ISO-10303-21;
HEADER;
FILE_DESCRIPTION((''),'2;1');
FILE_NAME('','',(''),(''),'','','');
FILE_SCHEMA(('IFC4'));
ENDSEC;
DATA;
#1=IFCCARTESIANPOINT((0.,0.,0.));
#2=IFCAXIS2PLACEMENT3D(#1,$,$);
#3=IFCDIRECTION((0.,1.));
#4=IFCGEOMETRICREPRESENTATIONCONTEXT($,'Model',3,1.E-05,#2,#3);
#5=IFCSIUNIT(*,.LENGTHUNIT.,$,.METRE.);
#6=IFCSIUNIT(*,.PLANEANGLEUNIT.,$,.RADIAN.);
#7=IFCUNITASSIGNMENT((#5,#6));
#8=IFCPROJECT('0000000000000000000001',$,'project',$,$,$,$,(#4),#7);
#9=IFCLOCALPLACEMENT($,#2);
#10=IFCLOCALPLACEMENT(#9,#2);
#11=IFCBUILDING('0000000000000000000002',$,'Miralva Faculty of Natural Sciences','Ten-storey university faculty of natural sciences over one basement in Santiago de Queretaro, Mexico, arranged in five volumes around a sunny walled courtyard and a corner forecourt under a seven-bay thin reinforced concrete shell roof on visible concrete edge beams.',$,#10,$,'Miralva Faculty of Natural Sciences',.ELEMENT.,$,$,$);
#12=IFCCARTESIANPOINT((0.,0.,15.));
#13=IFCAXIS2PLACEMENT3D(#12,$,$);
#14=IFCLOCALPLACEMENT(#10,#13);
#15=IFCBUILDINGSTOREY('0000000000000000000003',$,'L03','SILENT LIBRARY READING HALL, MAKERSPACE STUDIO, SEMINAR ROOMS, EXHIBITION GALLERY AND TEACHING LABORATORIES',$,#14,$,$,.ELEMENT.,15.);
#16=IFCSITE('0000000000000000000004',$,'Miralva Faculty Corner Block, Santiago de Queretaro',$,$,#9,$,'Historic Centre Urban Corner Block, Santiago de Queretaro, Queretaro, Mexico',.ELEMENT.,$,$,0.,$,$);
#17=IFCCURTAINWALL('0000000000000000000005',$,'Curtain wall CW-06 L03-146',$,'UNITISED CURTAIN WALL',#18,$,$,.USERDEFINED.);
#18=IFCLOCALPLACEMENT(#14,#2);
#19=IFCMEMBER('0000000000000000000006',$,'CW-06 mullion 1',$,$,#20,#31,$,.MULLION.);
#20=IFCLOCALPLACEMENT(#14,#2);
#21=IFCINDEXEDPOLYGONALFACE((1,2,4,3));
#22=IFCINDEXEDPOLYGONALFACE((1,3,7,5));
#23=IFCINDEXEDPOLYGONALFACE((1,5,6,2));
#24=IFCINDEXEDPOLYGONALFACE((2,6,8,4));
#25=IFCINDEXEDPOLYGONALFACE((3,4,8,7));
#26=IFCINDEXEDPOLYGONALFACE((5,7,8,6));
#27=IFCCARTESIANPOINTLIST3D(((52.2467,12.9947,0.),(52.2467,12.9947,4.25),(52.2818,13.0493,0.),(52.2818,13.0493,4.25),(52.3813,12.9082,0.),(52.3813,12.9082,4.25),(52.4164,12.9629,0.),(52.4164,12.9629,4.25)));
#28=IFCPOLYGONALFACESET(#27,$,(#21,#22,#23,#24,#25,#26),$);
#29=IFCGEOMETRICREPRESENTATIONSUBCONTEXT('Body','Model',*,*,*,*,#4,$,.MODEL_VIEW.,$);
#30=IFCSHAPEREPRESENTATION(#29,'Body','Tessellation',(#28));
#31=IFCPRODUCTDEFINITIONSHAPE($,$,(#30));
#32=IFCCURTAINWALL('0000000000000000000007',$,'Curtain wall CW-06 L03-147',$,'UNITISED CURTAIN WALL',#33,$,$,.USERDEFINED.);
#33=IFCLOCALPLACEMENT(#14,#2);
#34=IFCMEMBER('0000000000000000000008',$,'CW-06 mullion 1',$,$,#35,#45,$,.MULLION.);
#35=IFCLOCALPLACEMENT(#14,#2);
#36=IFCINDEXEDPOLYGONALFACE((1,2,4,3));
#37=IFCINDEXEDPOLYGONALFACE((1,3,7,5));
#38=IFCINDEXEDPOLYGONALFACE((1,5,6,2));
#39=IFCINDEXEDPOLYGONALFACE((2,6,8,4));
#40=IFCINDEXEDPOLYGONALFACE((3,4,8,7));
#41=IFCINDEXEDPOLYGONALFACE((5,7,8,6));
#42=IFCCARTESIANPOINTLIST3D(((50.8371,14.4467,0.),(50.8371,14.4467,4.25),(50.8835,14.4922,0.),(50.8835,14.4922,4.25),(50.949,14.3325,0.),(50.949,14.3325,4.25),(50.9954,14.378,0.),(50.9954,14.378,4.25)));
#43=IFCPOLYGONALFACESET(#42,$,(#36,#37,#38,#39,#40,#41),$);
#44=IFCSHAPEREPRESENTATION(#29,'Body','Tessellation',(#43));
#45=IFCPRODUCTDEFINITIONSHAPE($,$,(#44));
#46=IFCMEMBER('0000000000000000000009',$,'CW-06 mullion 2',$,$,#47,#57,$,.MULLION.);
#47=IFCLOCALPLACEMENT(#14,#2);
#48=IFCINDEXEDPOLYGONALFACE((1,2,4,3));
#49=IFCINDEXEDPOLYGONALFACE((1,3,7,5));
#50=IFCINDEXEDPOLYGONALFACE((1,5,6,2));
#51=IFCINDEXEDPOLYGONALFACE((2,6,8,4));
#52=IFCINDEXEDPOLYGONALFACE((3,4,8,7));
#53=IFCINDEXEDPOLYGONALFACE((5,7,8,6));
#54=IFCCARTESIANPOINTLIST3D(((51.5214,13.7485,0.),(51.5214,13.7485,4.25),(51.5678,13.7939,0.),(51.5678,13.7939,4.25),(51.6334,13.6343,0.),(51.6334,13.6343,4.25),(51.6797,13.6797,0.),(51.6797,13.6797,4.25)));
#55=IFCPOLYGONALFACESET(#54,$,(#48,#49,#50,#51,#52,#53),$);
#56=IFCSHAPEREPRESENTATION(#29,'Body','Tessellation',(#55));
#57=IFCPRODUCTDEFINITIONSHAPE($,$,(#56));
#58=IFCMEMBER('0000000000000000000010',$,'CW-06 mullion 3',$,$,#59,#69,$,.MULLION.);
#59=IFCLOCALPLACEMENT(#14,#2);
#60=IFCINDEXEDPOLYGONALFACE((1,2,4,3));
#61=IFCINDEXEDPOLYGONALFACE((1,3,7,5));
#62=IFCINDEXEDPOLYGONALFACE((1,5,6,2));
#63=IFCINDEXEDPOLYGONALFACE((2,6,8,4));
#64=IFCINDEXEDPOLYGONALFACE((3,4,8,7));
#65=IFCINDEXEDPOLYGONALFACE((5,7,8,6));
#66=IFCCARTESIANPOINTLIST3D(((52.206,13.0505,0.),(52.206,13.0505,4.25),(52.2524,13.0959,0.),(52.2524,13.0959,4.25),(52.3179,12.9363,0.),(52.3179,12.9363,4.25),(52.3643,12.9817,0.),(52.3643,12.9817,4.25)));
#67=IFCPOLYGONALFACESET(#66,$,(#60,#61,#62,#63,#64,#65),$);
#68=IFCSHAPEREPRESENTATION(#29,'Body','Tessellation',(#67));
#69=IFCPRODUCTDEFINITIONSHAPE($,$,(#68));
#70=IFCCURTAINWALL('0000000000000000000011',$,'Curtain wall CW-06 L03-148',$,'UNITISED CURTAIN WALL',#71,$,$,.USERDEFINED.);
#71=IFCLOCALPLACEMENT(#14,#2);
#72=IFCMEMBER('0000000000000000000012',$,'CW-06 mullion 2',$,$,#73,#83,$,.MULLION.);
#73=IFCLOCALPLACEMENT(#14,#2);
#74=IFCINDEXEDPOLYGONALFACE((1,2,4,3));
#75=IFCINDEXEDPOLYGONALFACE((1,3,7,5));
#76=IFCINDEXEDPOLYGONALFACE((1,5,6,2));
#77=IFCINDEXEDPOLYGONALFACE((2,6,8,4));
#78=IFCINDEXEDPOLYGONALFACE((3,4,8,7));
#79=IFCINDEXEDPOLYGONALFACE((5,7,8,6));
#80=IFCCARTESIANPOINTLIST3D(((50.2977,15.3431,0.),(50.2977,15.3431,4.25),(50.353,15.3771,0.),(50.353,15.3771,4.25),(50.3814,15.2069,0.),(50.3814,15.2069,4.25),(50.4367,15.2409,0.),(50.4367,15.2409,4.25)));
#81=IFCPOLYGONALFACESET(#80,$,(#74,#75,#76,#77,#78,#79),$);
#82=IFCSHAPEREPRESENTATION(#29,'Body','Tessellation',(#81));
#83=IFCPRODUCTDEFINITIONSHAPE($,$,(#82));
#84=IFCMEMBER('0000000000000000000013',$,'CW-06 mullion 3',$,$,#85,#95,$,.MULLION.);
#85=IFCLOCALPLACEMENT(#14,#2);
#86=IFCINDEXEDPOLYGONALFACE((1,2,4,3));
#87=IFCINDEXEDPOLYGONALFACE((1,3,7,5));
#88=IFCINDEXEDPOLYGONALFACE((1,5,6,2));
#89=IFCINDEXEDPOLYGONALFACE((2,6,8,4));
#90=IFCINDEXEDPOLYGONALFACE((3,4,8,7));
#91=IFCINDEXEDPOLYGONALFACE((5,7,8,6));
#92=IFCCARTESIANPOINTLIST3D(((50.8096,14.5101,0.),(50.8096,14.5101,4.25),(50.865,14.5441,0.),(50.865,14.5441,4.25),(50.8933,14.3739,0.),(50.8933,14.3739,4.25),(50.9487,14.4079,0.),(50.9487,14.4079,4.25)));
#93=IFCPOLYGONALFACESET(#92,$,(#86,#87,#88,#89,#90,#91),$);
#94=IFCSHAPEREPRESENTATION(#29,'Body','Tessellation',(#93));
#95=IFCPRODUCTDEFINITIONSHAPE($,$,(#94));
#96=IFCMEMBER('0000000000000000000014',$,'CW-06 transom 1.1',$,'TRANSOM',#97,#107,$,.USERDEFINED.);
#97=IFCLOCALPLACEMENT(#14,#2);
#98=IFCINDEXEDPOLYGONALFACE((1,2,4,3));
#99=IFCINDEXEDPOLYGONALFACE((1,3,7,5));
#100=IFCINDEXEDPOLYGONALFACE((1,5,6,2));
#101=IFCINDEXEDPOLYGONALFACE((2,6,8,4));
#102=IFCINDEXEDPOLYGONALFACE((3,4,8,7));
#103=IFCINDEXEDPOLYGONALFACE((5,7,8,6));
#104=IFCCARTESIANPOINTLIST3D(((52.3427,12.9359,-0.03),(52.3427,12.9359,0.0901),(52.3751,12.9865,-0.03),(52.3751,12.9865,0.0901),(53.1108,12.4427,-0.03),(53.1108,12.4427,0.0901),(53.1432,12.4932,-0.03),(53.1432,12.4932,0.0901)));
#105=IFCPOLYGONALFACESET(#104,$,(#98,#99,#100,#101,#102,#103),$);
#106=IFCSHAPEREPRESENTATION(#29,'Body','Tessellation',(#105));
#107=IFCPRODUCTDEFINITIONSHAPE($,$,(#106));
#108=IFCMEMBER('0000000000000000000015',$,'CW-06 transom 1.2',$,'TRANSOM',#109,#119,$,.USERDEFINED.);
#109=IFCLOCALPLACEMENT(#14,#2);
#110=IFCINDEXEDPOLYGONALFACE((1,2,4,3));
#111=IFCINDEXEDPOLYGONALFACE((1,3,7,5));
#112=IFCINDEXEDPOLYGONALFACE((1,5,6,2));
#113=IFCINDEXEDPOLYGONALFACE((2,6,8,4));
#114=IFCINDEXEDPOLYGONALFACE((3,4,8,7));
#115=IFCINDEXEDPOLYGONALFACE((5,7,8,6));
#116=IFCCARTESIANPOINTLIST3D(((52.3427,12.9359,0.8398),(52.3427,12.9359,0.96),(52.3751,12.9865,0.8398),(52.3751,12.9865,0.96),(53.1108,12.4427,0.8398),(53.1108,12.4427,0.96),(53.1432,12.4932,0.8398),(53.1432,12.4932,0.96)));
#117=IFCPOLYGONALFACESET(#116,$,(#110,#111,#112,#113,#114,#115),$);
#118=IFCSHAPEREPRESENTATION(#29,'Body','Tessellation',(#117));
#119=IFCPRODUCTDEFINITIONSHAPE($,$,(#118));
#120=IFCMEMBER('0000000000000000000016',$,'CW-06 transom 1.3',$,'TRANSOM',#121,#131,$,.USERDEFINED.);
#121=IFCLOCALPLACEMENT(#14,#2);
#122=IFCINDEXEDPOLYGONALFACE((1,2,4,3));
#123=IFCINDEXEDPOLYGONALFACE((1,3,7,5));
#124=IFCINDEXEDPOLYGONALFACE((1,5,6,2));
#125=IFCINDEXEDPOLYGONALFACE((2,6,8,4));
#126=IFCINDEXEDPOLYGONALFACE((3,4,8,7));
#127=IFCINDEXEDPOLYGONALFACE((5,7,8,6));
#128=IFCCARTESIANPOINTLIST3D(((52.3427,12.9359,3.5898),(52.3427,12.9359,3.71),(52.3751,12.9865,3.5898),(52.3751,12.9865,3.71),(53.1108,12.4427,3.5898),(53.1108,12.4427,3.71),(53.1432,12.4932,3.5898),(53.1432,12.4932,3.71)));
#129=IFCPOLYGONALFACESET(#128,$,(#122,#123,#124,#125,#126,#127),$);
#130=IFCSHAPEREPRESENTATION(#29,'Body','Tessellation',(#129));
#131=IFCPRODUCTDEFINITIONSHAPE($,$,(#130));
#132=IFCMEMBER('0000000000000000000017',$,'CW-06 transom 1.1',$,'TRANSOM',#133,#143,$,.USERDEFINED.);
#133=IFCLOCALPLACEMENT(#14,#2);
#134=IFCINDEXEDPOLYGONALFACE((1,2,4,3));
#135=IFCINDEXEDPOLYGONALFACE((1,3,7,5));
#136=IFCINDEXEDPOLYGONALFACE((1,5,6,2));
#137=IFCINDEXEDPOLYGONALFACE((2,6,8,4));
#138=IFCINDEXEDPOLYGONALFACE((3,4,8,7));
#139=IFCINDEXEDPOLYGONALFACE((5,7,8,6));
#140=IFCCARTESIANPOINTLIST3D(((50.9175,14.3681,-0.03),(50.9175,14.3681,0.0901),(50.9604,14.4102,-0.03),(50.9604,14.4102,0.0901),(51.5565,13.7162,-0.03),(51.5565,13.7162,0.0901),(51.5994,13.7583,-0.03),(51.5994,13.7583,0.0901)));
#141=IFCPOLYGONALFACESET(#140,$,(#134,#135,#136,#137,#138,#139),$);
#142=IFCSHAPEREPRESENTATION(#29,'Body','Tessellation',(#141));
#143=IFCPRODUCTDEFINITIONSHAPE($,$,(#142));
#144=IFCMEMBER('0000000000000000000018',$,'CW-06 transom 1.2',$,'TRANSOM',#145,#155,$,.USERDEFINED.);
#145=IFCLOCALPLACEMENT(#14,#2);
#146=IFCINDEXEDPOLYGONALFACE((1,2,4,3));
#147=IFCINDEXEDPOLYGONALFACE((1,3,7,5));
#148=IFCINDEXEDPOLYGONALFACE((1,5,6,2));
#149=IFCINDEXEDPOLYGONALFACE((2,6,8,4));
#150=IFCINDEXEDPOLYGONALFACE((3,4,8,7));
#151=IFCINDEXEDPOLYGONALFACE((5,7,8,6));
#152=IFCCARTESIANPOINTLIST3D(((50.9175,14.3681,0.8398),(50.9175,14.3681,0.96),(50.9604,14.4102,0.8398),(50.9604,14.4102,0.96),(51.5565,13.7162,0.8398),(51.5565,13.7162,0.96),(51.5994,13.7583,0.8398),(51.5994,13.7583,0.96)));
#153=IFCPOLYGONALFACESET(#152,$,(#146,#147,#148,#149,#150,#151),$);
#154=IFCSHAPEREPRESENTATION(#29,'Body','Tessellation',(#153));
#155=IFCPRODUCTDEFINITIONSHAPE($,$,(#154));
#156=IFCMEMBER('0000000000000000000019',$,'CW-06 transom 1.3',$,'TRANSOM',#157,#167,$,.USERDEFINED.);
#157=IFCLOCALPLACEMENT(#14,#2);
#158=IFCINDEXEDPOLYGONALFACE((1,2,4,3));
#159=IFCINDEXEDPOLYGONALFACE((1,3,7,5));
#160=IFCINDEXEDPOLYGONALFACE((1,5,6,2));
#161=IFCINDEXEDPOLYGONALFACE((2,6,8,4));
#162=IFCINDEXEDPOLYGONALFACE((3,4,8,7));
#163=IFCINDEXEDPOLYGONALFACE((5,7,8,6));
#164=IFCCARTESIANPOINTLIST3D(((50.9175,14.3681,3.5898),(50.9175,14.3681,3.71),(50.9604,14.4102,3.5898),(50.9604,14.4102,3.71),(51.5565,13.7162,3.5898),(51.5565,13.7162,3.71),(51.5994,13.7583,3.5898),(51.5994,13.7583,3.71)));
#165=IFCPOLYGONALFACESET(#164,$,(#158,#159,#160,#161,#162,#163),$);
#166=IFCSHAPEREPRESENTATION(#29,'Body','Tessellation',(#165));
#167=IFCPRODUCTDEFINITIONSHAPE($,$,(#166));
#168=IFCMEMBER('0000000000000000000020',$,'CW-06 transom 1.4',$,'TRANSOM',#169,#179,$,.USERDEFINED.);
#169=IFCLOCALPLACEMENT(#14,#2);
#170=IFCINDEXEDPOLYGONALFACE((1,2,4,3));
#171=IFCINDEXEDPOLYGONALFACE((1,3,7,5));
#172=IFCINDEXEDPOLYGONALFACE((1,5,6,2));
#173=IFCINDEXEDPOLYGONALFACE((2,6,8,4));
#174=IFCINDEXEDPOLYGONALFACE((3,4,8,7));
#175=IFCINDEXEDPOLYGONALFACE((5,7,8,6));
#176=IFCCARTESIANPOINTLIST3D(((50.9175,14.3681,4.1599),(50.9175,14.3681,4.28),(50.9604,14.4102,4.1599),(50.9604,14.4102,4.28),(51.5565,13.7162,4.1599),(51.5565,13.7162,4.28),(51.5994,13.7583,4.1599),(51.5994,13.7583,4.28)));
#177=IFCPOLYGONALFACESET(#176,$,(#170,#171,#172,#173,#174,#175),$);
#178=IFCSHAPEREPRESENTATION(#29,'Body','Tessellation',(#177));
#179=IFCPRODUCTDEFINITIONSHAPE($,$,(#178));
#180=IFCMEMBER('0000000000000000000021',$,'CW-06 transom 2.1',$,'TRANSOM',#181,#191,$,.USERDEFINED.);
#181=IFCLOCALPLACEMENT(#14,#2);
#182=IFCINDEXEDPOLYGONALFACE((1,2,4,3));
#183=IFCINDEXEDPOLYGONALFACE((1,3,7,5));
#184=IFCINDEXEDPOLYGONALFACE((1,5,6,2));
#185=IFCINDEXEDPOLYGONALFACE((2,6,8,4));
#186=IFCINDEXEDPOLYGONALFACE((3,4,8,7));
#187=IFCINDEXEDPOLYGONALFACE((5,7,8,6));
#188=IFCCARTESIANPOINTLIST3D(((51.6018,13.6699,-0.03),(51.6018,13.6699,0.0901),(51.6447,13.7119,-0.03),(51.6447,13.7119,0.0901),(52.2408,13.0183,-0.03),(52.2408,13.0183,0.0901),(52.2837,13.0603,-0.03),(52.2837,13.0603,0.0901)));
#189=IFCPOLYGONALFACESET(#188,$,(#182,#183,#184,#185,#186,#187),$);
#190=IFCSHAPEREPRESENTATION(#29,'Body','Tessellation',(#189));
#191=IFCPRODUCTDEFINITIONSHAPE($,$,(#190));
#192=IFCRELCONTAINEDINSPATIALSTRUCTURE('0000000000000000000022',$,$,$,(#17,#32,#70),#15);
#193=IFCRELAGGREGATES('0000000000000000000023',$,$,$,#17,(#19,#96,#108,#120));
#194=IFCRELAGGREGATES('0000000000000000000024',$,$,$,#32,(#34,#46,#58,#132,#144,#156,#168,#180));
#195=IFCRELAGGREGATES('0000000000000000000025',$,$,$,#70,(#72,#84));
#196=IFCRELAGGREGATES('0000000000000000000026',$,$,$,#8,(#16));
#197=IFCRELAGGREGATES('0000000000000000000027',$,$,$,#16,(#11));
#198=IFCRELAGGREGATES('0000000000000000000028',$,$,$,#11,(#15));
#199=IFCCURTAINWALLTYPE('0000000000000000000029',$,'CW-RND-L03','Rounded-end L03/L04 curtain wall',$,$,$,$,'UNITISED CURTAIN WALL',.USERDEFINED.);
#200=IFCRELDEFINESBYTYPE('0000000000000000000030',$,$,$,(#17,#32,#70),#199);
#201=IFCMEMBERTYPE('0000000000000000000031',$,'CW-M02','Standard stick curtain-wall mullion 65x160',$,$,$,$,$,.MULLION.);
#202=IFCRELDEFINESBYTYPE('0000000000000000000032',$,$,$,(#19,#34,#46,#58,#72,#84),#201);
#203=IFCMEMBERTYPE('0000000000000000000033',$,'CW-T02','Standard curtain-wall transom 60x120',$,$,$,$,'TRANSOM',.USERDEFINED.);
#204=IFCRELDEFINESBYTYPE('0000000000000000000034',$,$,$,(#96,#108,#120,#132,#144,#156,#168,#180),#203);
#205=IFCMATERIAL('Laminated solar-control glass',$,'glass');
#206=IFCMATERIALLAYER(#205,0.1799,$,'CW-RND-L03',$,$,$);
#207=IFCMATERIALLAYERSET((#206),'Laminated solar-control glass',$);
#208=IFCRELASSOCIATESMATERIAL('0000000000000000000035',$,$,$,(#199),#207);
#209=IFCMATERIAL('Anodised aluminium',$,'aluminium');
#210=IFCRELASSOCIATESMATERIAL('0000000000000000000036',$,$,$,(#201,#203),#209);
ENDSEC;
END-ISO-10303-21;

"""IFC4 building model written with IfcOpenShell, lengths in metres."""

from ifc_helpers import new_model, si_unit, direction, frame, origin, origin_2d, place, context, subcontext, project, spatial, rectangle, extrude, material, layer, layer_set, material_profile, profile_set, type_object, element, aggregate, save


model = new_model("IFC4")

# Units and contexts
model_context = context("Model", 3, precision=1e-05, world=origin(), true_north=direction((0.0, 1.0)))
body_context = subcontext(model_context, "Body", "Model", "MODEL_VIEW")
ifc_project = project(units=[si_unit("LENGTHUNIT", "METRE"), si_unit("PLANEANGLEUNIT", "RADIAN")], contexts=[model_context])

# Site, building, storey
site_placement = place(None, origin())
site = spatial("IfcSite", under=ifc_project, at=site_placement, Name="Miralva Faculty Corner Block, Santiago de Queretaro", LongName="Historic Centre Urban Corner Block, Santiago de Queretaro, Queretaro, Mexico", CompositionType="ELEMENT", RefElevation=0.0)
building_placement = place(site_placement, origin())
building = spatial("IfcBuilding", under=site, at=building_placement, Name="Miralva Faculty of Natural Sciences", Description="Ten-storey university faculty of natural sciences over one basement in Santiago de Queretaro, Mexico, arranged in five volumes around a sunny walled courtyard and a corner forecourt under a seven-bay thin reinforced concrete shell roof on visible concrete edge beams.", LongName="Miralva Faculty of Natural Sciences", CompositionType="ELEMENT")
storey_placement = place(building_placement, frame((0.0, 0.0, 15.0)))
storey = spatial("IfcBuildingStorey", under=building, at=storey_placement, Name="L03", Description="SILENT LIBRARY READING HALL, MAKERSPACE STUDIO, SEMINAR ROOMS, EXHIBITION GALLERY AND TEACHING LABORATORIES", CompositionType="ELEMENT", Elevation=15.0)

# Curtain wall, member
ifc_material_1 = material(Name="Laminated solar-control glass", Category="glass")
ifc_layer_1 = layer(ifc_material_1, 0.1799, Name="CW-RND-L03")
ifc_layer_set_1 = layer_set([ifc_layer_1], Name="Laminated solar-control glass")
curtain_wall_type = type_object("IfcCurtainWallType", Name="CW-RND-L03", Description="Rounded-end L03/L04 curtain wall", ElementType="UNITISED CURTAIN WALL", PredefinedType="USERDEFINED", material=ifc_layer_set_1)
curtain_wall_1_placement = place(storey_placement, origin())
curtain_wall_1 = element("IfcCurtainWall", 1, at=curtain_wall_1_placement, inside=storey, type_object=curtain_wall_type, Name="Curtain wall CW-06 L03-146", ObjectType="UNITISED CURTAIN WALL", PredefinedType="USERDEFINED")
ifc_material_2 = material(Name="Anodised aluminium", Category="aluminium")
ifc_material_profile_1 = material_profile(ifc_material_2, rectangle(XDim=0.0649, YDim=0.1599, at=origin_2d()), Name="MULLION 65x160")
ifc_profile_set_1 = profile_set([ifc_material_profile_1], Name="Anodised aluminium")
member_type_1 = type_object("IfcMemberType", Name="CW-M02", Description="Standard stick curtain-wall mullion 65x160", PredefinedType="MULLION", material=ifc_profile_set_1)
member_1_placement = place(storey_placement, frame((52.3315, 12.9788, 0.0), z_axis=(0.0, 0.0, 1.0), x_axis=(0.540445, 0.841379, 0.0)))
member_1 = element("IfcMember", 2, at=member_1_placement, type_object=member_type_1, Name="CW-06 mullion 1", PredefinedType="MULLION", context=body_context, shape_type="SweptSolid", body=[
    extrude(rectangle(XDim=0.0649, YDim=0.1599, at=origin_2d()), origin(), (0.0, 0.0, 1.0), 4.25),
])

# Curtain walls, members
curtain_wall_2_placement = place(storey_placement, origin())
curtain_wall_2 = element("IfcCurtainWall", 3, at=curtain_wall_2_placement, inside=storey, type_object=curtain_wall_type, Name="Curtain wall CW-06 L03-147", ObjectType="UNITISED CURTAIN WALL", PredefinedType="USERDEFINED")
member_2_placement = place(storey_placement, frame((50.9163, 14.4124, 0.0), z_axis=(0.0, 0.0, 1.0), x_axis=(0.714125, 0.700018, 0.0)))
member_2 = element("IfcMember", 4, at=member_2_placement, type_object=member_type_1, Name="CW-06 mullion 1", PredefinedType="MULLION", context=body_context, shape_type="SweptSolid", body=[
    extrude(rectangle(XDim=0.0649, YDim=0.1599, at=origin_2d()), origin(), (0.0, 0.0, 1.0), 4.25),
])
member_3_placement = place(storey_placement, frame((51.6006, 13.7141, 0.0), z_axis=(0.0, 0.0, 1.0), x_axis=(0.714125, 0.700018, 0.0)))
member_3 = element("IfcMember", 5, at=member_3_placement, type_object=member_type_1, Name="CW-06 mullion 2", PredefinedType="MULLION", context=body_context, shape_type="SweptSolid", body=[
    extrude(rectangle(XDim=0.0649, YDim=0.1599, at=origin_2d()), origin(), (0.0, 0.0, 1.0), 4.25),
])
member_4_placement = place(storey_placement, frame((52.2852, 13.0161, 0.0), z_axis=(0.0, 0.0, 1.0), x_axis=(0.714125, 0.700018, 0.0)))
member_4 = element("IfcMember", 6, at=member_4_placement, type_object=member_type_1, Name="CW-06 mullion 3", PredefinedType="MULLION", context=body_context, shape_type="SweptSolid", body=[
    extrude(rectangle(XDim=0.0649, YDim=0.1599, at=origin_2d()), origin(), (0.0, 0.0, 1.0), 4.25),
])
curtain_wall_3_placement = place(storey_placement, origin())
curtain_wall_3 = element("IfcCurtainWall", 7, at=curtain_wall_3_placement, inside=storey, type_object=curtain_wall_type, Name="Curtain wall CW-06 L03-148", ObjectType="UNITISED CURTAIN WALL", PredefinedType="USERDEFINED")
member_5_placement = place(storey_placement, frame((50.3672, 15.292, 0.0), z_axis=(0.0, 0.0, 1.0), x_axis=(0.851995, 0.523551, 0.0)))
member_5 = element("IfcMember", 8, at=member_5_placement, type_object=member_type_1, Name="CW-06 mullion 2", PredefinedType="MULLION", context=body_context, shape_type="SweptSolid", body=[
    extrude(rectangle(XDim=0.0649, YDim=0.1599, at=origin_2d()), origin(), (0.0, 0.0, 1.0), 4.25),
])
member_6_placement = place(storey_placement, frame((50.8792, 14.459, 0.0), z_axis=(0.0, 0.0, 1.0), x_axis=(0.851995, 0.523551, 0.0)))
member_6 = element("IfcMember", 9, at=member_6_placement, type_object=member_type_1, Name="CW-06 mullion 3", PredefinedType="MULLION", context=body_context, shape_type="SweptSolid", body=[
    extrude(rectangle(XDim=0.0649, YDim=0.1599, at=origin_2d()), origin(), (0.0, 0.0, 1.0), 4.25),
])

# Members
ifc_material_profile_2 = material_profile(ifc_material_2, rectangle(XDim=0.0601, YDim=0.1201, at=origin_2d()), Name="TRANSOM 60x120")
ifc_profile_set_2 = profile_set([ifc_material_profile_2], Name="Anodised aluminium")
member_type_2 = type_object("IfcMemberType", Name="CW-T02", Description="Standard curtain-wall transom 60x120", ElementType="TRANSOM", PredefinedType="USERDEFINED", material=ifc_profile_set_2)
member_7_placement = place(storey_placement, frame((52.3589, 12.9612, 0.03), z_axis=(0.841474, -0.540298, 0.0), x_axis=(0.540298, 0.841474, 0.0)))
member_7 = element("IfcMember", 10, at=member_7_placement, type_object=member_type_2, Name="CW-06 transom 1.1", ObjectType="TRANSOM", PredefinedType="USERDEFINED", context=body_context, shape_type="SweptSolid", body=[
    extrude(rectangle(XDim=0.0601, YDim=0.1201, at=origin_2d()), origin(), (0.0, 0.0, 1.0), 0.9128),
])
member_8_placement = place(storey_placement, frame((52.3589, 12.9612, 0.8999), z_axis=(0.841474, -0.540298, 0.0), x_axis=(0.540298, 0.841474, 0.0)))
member_8 = element("IfcMember", 11, at=member_8_placement, type_object=member_type_2, Name="CW-06 transom 1.2", ObjectType="TRANSOM", PredefinedType="USERDEFINED", context=body_context, shape_type="SweptSolid", body=[
    extrude(rectangle(XDim=0.0601, YDim=0.1201, at=origin_2d()), origin(), (0.0, 0.0, 1.0), 0.9128),
])
member_9_placement = place(storey_placement, frame((52.3589, 12.9612, 3.6499), z_axis=(0.841474, -0.540298, 0.0), x_axis=(0.540298, 0.841474, 0.0)))
member_9 = element("IfcMember", 12, at=member_9_placement, type_object=member_type_2, Name="CW-06 transom 1.3", ObjectType="TRANSOM", PredefinedType="USERDEFINED", context=body_context, shape_type="SweptSolid", body=[
    extrude(rectangle(XDim=0.0601, YDim=0.1201, at=origin_2d()), origin(), (0.0, 0.0, 1.0), 0.9128),
])
aggregate(curtain_wall_1, [member_1, member_7, member_8, member_9])
member_10_placement = place(storey_placement, frame((50.939, 14.3892, 0.03), z_axis=(0.699983, -0.714159, 0.0), x_axis=(0.714159, 0.699983, 0.0)))
member_10 = element("IfcMember", 13, at=member_10_placement, type_object=member_type_2, Name="CW-06 transom 1.1", ObjectType="TRANSOM", PredefinedType="USERDEFINED", context=body_context, shape_type="SweptSolid", body=[
    extrude(rectangle(XDim=0.0601, YDim=0.1201, at=origin_2d()), origin(), (0.0, 0.0, 1.0), 0.9128),
])
member_11_placement = place(storey_placement, frame((50.939, 14.3892, 0.8999), z_axis=(0.699983, -0.714159, 0.0), x_axis=(0.714159, 0.699983, 0.0)))
member_11 = element("IfcMember", 14, at=member_11_placement, type_object=member_type_2, Name="CW-06 transom 1.2", ObjectType="TRANSOM", PredefinedType="USERDEFINED", context=body_context, shape_type="SweptSolid", body=[
    extrude(rectangle(XDim=0.0601, YDim=0.1201, at=origin_2d()), origin(), (0.0, 0.0, 1.0), 0.9128),
])
member_12_placement = place(storey_placement, frame((50.939, 14.3892, 3.6499), z_axis=(0.699983, -0.714159, 0.0), x_axis=(0.714159, 0.699983, 0.0)))
member_12 = element("IfcMember", 15, at=member_12_placement, type_object=member_type_2, Name="CW-06 transom 1.3", ObjectType="TRANSOM", PredefinedType="USERDEFINED", context=body_context, shape_type="SweptSolid", body=[
    extrude(rectangle(XDim=0.0601, YDim=0.1201, at=origin_2d()), origin(), (0.0, 0.0, 1.0), 0.9128),
])
member_13_placement = place(storey_placement, frame((50.939, 14.3892, 4.22), z_axis=(0.699983, -0.714159, 0.0), x_axis=(0.714159, 0.699983, 0.0)))
member_13 = element("IfcMember", 16, at=member_13_placement, type_object=member_type_2, Name="CW-06 transom 1.4", ObjectType="TRANSOM", PredefinedType="USERDEFINED", context=body_context, shape_type="SweptSolid", body=[
    extrude(rectangle(XDim=0.0601, YDim=0.1201, at=origin_2d()), origin(), (0.0, 0.0, 1.0), 0.9128),
])
member_14_placement = place(storey_placement, frame((51.6233, 13.6909, 0.03), z_axis=(0.700117, -0.714028, 0.0), x_axis=(0.714028, 0.700117, 0.0)))
member_14 = element("IfcMember", 17, at=member_14_placement, type_object=member_type_2, Name="CW-06 transom 2.1", ObjectType="TRANSOM", PredefinedType="USERDEFINED", context=body_context, shape_type="SweptSolid", body=[
    extrude(rectangle(XDim=0.0601, YDim=0.1201, at=origin_2d()), origin(), (0.0, 0.0, 1.0), 0.9126),
])

aggregate(curtain_wall_2, [member_2, member_3, member_4, member_10, member_11, member_12, member_13, member_14])
aggregate(curtain_wall_3, [member_5, member_6])

save(model, "model.ifc")
